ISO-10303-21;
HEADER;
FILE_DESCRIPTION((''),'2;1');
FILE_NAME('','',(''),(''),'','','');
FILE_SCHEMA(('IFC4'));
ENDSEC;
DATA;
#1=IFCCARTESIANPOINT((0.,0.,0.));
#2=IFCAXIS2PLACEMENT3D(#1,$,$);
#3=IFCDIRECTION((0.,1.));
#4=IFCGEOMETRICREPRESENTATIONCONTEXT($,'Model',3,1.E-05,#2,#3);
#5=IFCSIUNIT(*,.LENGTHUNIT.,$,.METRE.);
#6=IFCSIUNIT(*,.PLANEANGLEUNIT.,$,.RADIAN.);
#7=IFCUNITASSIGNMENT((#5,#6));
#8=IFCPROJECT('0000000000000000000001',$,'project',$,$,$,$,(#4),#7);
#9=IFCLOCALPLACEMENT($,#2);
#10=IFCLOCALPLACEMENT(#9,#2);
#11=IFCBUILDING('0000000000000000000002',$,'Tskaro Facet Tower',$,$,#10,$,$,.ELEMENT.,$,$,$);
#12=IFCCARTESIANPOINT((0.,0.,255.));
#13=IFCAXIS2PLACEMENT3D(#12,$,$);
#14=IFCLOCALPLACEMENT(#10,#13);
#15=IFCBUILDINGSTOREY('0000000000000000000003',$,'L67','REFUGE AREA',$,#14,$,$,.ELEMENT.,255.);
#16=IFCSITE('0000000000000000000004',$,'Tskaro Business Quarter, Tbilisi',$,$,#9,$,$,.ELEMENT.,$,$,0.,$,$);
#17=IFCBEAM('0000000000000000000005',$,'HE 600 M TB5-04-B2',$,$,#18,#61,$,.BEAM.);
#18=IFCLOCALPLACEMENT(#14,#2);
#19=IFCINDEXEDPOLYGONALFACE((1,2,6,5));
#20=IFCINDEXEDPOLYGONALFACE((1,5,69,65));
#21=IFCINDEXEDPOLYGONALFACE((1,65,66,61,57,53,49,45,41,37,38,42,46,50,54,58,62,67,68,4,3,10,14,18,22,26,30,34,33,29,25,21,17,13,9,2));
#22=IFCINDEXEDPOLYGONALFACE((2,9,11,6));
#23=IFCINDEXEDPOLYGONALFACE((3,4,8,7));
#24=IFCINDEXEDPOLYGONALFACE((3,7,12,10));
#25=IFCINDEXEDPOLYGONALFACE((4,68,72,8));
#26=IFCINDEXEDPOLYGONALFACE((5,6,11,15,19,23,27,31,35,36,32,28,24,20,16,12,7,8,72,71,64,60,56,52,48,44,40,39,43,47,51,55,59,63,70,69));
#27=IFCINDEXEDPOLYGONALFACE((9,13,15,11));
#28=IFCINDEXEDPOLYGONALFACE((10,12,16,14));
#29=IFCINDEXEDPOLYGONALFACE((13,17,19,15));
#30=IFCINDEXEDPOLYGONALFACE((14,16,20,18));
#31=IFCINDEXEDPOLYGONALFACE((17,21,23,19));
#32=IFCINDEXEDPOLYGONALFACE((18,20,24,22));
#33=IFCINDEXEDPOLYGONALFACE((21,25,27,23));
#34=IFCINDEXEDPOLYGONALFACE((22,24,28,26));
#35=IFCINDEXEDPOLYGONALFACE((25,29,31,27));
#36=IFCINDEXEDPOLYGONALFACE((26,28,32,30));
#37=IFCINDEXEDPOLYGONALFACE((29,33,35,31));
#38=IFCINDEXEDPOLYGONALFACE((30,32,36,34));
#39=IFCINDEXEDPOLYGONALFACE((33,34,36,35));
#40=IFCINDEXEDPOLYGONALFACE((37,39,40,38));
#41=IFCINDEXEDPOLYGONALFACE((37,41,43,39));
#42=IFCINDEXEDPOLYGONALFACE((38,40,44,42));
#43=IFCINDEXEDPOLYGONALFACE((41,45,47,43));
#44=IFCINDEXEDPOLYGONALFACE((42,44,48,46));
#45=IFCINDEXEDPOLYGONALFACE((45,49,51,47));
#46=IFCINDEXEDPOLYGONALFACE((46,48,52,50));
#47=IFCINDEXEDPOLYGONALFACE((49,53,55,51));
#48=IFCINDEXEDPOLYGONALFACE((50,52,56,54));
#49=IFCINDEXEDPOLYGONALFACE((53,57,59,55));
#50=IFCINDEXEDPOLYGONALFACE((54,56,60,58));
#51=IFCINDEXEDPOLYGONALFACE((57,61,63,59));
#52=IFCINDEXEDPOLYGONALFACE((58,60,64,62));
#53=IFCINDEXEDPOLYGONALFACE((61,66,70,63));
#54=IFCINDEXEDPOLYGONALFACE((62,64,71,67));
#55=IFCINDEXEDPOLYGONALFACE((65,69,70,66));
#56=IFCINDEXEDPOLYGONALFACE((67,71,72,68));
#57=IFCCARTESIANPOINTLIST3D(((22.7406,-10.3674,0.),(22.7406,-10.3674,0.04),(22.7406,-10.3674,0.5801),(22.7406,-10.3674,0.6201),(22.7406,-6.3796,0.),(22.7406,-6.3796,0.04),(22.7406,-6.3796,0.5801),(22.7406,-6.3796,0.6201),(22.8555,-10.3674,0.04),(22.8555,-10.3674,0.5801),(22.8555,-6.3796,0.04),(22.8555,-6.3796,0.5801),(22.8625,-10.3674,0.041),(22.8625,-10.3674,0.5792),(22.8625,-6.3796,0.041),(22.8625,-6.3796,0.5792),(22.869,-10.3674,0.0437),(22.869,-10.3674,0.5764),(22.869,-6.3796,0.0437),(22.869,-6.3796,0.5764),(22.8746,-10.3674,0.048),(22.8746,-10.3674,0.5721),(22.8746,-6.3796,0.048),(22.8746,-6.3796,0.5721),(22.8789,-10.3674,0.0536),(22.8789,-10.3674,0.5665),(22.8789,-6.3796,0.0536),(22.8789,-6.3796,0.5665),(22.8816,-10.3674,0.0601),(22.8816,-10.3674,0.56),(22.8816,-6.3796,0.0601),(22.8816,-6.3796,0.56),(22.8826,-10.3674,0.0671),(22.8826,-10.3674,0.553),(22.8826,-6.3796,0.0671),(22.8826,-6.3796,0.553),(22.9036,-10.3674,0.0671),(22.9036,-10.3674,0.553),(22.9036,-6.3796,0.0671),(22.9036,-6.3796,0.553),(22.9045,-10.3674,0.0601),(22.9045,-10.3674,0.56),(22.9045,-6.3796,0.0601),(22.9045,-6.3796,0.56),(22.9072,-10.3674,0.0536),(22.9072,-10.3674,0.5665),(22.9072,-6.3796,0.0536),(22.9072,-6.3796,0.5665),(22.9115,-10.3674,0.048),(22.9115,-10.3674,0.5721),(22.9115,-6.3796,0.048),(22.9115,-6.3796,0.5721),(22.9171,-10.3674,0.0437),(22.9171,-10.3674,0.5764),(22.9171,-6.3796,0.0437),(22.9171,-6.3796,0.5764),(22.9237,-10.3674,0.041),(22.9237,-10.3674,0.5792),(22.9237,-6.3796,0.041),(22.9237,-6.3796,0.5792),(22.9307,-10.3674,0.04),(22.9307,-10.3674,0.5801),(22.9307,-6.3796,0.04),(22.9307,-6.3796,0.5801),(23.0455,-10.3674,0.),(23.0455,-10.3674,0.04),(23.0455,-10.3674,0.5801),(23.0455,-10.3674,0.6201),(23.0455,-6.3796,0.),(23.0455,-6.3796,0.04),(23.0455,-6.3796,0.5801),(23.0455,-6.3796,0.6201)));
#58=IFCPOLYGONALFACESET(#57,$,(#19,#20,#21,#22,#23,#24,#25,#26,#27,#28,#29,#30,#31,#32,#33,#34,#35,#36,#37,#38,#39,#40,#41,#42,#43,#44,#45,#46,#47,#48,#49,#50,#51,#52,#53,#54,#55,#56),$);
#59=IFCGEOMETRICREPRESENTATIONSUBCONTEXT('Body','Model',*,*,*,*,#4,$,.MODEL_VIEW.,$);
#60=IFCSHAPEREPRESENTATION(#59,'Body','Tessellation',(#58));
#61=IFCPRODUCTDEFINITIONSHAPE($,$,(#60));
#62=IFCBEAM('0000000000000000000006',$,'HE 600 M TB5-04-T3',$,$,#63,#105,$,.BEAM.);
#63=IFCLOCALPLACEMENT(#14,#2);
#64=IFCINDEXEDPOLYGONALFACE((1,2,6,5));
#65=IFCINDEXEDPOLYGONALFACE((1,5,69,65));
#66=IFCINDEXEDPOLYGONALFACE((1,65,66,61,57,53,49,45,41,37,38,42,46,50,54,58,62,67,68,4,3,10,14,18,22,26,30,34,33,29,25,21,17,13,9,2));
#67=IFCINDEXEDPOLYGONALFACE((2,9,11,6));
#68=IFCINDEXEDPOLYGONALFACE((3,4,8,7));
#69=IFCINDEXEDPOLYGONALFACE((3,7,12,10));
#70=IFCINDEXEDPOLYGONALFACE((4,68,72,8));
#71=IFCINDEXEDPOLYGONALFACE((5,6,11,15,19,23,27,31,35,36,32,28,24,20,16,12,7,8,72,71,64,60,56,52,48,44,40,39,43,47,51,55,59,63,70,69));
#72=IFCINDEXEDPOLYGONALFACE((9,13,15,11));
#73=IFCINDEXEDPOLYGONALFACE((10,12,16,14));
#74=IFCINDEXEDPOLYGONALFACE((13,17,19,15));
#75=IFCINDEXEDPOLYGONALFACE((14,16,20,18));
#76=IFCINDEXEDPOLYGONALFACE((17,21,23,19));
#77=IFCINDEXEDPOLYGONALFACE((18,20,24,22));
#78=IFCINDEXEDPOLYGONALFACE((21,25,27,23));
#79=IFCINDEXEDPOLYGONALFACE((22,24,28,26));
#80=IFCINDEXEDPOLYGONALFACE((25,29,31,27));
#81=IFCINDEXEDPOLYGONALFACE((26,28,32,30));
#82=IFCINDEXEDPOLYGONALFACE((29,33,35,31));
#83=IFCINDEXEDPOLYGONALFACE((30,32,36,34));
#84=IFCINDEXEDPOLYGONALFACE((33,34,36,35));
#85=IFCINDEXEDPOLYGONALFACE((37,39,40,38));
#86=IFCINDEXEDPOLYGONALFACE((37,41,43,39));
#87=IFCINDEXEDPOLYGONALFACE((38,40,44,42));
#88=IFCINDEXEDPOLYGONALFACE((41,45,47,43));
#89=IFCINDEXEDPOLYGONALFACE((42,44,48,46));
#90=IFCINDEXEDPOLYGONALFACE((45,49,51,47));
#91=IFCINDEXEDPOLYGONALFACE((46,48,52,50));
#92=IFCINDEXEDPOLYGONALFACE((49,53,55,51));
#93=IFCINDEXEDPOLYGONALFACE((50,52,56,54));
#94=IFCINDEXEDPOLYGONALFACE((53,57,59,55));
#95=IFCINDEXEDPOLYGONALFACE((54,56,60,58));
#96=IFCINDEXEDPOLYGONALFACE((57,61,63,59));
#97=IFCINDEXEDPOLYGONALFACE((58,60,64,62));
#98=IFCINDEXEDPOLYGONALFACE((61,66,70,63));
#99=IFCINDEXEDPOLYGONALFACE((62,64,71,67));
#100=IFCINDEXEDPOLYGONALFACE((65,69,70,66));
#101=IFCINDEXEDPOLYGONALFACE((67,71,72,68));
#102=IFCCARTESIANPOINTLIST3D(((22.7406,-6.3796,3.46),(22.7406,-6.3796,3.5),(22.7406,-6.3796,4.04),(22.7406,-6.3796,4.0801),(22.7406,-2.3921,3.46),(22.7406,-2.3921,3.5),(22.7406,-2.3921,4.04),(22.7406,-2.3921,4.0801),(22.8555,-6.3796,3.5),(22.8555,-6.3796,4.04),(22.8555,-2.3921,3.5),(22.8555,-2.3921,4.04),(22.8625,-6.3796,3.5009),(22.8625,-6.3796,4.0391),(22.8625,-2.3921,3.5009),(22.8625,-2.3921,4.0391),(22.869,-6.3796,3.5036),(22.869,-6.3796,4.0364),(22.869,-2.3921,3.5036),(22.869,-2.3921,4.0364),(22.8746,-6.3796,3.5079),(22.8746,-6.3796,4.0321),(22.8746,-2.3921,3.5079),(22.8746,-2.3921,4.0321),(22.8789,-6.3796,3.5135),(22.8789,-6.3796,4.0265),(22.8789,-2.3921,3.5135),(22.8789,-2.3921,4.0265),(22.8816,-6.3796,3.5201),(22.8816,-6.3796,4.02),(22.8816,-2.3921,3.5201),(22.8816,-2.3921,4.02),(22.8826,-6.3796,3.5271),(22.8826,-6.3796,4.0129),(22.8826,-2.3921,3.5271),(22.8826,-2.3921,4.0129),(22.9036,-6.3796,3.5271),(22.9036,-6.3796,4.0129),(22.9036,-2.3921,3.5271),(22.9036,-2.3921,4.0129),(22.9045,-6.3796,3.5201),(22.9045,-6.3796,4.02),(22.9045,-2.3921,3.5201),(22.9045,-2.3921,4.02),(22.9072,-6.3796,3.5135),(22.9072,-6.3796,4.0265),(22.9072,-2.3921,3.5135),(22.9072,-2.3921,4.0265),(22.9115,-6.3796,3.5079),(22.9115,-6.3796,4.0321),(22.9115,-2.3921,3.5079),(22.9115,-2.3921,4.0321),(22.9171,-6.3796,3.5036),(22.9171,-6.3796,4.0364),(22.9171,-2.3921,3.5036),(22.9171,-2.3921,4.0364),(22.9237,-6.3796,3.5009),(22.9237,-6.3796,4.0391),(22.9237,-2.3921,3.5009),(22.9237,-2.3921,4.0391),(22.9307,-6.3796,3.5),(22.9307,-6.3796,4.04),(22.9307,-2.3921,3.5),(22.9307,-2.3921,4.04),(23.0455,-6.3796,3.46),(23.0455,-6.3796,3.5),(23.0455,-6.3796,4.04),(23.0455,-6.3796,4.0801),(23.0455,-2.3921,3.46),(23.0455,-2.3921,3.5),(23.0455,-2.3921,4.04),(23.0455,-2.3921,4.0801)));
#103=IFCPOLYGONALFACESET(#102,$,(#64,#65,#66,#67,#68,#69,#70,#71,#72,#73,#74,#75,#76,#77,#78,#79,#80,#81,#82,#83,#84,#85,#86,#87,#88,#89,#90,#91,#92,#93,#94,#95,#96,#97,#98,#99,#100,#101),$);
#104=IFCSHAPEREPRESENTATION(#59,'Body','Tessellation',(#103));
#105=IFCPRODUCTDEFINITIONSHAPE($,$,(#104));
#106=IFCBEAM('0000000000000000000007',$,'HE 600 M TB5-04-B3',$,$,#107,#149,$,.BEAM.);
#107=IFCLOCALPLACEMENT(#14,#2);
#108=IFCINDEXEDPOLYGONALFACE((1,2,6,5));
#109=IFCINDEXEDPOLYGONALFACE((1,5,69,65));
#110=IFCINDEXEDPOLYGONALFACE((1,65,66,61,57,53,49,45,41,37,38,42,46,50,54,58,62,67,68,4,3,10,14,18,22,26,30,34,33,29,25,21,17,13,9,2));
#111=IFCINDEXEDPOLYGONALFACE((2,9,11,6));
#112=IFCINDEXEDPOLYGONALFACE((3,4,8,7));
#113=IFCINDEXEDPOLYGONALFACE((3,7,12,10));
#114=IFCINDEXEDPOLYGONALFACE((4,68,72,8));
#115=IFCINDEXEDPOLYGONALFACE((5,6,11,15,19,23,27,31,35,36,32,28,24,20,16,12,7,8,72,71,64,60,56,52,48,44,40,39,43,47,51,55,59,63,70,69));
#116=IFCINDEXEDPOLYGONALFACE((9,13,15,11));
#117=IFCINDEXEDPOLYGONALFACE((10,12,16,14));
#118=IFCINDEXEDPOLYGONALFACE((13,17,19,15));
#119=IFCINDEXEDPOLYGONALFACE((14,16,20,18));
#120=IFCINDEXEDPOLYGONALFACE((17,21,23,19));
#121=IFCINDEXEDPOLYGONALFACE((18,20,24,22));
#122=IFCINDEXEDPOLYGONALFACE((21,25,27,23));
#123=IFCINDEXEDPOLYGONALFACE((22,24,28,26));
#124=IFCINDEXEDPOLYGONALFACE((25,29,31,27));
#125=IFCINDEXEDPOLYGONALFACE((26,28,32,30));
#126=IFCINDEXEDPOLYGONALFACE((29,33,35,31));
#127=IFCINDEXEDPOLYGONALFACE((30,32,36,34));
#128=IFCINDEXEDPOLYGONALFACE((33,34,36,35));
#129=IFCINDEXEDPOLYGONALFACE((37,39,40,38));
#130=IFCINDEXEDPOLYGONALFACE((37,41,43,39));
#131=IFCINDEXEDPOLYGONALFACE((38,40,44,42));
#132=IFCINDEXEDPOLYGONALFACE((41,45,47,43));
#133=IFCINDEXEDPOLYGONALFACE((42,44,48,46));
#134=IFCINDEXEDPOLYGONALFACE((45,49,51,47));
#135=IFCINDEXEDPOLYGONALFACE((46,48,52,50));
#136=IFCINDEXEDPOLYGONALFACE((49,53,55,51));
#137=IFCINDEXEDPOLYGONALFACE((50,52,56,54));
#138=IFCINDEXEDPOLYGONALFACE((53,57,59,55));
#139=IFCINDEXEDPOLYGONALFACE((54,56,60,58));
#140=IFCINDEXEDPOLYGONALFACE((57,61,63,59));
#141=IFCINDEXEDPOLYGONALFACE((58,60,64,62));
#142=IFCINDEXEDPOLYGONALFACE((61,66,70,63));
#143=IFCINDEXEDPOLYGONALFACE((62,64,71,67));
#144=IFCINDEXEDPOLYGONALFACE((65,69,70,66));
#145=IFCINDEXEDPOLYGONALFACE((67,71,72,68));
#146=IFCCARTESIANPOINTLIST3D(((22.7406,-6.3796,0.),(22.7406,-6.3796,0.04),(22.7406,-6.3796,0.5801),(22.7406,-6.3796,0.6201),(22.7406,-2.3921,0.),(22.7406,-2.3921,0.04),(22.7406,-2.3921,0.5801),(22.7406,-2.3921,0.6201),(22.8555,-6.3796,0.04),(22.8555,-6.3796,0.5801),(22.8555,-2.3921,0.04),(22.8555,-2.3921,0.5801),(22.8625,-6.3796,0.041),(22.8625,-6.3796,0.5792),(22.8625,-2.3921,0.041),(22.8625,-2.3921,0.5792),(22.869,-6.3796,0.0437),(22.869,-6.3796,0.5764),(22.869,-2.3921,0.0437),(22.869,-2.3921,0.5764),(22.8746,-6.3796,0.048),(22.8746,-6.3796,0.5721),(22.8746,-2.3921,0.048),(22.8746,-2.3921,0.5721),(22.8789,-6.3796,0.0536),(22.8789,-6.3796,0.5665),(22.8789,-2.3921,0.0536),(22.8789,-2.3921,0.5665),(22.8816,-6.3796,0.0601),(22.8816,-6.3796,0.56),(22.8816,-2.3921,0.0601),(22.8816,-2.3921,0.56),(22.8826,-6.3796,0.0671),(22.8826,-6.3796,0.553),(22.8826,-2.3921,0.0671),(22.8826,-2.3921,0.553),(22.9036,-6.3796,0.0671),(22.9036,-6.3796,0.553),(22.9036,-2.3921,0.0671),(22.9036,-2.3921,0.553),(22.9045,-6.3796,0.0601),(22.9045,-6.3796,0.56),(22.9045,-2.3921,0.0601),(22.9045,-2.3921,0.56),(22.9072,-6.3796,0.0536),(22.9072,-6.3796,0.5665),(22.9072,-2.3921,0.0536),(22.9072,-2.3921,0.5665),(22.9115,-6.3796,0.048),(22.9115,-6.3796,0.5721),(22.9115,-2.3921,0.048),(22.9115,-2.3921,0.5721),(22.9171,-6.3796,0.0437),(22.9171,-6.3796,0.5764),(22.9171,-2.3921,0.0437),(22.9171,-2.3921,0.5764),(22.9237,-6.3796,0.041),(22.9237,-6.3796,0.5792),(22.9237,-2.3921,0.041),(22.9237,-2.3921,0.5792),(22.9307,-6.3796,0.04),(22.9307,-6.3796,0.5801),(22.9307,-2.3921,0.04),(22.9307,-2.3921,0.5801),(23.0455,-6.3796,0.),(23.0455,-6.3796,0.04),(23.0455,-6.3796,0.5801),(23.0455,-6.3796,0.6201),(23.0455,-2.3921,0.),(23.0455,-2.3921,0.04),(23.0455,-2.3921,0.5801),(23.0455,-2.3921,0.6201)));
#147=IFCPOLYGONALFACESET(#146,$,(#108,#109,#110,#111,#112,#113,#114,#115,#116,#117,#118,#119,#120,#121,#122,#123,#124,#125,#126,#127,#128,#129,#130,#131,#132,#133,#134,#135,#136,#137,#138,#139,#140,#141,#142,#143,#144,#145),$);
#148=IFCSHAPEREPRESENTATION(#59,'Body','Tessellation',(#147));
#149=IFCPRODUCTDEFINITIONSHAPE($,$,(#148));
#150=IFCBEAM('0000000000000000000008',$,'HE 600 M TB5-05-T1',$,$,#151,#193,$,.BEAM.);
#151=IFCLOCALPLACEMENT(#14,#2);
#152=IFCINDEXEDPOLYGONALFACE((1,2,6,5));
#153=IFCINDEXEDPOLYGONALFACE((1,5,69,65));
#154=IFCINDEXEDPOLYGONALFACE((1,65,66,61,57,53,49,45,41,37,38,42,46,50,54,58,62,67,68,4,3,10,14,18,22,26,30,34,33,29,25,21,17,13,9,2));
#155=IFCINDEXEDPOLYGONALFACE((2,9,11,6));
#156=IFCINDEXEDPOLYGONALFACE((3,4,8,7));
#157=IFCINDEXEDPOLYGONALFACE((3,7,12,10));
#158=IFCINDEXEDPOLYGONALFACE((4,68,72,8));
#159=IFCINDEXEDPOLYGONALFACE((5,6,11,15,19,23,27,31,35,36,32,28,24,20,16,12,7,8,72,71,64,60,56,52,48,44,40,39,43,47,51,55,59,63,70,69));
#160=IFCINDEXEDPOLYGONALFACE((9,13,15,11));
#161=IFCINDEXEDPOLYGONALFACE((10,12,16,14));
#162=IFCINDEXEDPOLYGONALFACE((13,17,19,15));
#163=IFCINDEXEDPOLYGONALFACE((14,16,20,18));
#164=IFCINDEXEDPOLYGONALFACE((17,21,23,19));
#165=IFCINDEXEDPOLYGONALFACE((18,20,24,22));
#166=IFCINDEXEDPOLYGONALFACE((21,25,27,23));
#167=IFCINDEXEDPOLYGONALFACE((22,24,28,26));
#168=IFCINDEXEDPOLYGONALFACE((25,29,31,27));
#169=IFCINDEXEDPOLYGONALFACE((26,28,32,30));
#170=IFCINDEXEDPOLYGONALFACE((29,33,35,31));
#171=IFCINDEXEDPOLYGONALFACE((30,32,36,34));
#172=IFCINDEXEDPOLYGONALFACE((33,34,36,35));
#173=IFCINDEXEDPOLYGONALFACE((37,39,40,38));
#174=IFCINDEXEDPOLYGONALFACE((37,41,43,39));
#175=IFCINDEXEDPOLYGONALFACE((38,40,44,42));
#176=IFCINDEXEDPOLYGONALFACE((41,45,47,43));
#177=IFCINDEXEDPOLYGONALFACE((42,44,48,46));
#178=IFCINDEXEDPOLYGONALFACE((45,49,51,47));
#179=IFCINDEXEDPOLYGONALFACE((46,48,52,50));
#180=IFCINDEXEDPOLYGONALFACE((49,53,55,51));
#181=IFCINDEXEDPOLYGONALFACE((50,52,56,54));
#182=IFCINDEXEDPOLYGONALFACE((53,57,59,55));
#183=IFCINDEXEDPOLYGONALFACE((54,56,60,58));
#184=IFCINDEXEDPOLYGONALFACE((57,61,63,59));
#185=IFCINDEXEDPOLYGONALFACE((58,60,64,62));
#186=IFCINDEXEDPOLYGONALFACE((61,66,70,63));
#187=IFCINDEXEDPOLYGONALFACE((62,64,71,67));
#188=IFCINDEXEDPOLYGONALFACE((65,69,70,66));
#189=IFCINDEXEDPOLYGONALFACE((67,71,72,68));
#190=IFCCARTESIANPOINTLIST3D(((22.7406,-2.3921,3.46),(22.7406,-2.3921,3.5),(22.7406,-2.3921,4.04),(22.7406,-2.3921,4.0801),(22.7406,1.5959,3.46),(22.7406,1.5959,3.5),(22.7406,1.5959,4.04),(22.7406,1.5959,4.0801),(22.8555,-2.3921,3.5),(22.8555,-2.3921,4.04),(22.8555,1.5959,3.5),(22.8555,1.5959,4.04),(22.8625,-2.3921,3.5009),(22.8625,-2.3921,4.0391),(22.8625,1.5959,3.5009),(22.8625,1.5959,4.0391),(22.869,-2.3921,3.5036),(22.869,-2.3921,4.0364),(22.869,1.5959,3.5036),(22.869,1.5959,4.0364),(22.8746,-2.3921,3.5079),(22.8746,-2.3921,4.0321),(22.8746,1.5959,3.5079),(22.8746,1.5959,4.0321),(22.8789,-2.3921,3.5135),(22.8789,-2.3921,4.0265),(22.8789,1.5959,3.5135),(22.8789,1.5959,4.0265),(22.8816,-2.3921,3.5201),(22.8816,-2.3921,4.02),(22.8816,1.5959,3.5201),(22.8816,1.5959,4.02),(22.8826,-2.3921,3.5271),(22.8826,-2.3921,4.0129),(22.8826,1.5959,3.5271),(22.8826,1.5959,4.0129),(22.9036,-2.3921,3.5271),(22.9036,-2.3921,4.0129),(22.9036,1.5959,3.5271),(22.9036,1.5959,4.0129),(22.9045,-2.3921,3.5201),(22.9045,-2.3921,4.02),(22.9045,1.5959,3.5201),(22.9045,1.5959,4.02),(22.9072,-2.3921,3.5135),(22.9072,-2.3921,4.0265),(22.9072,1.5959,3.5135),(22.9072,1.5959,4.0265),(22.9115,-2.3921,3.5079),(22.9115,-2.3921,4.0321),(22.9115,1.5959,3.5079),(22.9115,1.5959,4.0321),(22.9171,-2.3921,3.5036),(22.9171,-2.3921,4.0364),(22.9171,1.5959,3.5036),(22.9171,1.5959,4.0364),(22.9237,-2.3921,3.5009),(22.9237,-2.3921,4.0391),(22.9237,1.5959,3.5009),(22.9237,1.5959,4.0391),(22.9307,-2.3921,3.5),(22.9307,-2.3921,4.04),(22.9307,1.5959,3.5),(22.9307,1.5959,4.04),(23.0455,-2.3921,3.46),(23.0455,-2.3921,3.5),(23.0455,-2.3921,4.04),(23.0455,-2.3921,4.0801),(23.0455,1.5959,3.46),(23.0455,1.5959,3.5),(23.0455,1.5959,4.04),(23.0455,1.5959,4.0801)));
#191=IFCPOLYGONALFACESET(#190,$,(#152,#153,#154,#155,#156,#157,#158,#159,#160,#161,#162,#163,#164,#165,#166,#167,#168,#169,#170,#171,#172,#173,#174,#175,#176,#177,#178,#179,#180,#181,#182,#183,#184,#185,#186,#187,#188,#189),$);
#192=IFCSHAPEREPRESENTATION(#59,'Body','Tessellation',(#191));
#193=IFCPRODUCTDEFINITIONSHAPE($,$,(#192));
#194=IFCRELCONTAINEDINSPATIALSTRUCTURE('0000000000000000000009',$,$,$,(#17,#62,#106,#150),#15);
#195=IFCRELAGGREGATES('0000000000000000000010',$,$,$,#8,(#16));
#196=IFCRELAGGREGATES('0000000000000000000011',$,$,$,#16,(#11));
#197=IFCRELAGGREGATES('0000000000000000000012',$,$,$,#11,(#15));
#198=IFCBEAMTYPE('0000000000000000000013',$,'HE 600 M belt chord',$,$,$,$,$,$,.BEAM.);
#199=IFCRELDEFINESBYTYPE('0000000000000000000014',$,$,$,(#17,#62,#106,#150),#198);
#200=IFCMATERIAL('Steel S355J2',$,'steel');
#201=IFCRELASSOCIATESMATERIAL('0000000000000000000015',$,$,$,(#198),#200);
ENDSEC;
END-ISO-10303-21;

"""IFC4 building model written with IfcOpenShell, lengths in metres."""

from ifc_helpers import new_model, si_unit, direction, frame, origin, origin_2d, place, context, subcontext, project, spatial, i_section, extrude, material, material_profile, profile_set, type_object, element, save


model = new_model("IFC4")

# Units and contexts
model_context = context("Model", 3, precision=1e-05, world=origin(), true_north=direction((0.0, 1.0)))
body_context = subcontext(model_context, "Body", "Model", "MODEL_VIEW")
ifc_project = project(units=[si_unit("LENGTHUNIT", "METRE"), si_unit("PLANEANGLEUNIT", "RADIAN")], contexts=[model_context])

# Site, building, storey
site_placement = place(None, origin())
site = spatial("IfcSite", under=ifc_project, at=site_placement, Name="Tskaro Business Quarter, Tbilisi", CompositionType="ELEMENT", RefElevation=0.0)
building_placement = place(site_placement, origin())
building = spatial("IfcBuilding", under=site, at=building_placement, Name="Tskaro Facet Tower", CompositionType="ELEMENT")
storey_placement = place(building_placement, frame((0.0, 0.0, 255.0)))
storey = spatial("IfcBuildingStorey", under=building, at=storey_placement, Name="L67", Description="REFUGE AREA", CompositionType="ELEMENT", Elevation=255.0)

# Shared definitions
ifc_material_1 = material(Name="Steel S355J2", Category="steel")

# Beams
ifc_material_profile_1 = material_profile(ifc_material_1, i_section(OverallWidth=0.3049, OverallDepth=0.6201, WebThickness=0.021, FlangeThickness=0.04, FilletRadius=0.0271, at=origin_2d()), Name="HE 600 M")
ifc_profile_set_1 = profile_set([ifc_material_profile_1], Name="Steel S355J2")
beam_type_1 = type_object("IfcBeamType", Name="HE 600 M belt chord", PredefinedType="BEAM", material=ifc_profile_set_1)
for number, where, z_axis, x_axis, name in (
    (1, (22.8931, -10.3674, 0.3101), (0.0, 1.0, 0.0), (-1.0, 0.0, 0.0), "HE 600 M TB5-04-B2"),
):
    element("IfcBeam", number, at=place(storey_placement, frame(where, z_axis=z_axis, x_axis=x_axis)), inside=storey, type_object=beam_type_1, Name=name, PredefinedType="BEAM", context=body_context, shape_type="SweptSolid", body=[
        extrude(i_section(OverallWidth=0.3049, OverallDepth=0.6201, WebThickness=0.021, FlangeThickness=0.04, FilletRadius=0.0271, at=origin_2d()), origin(), (0.0, 0.0, 1.0), 3.9878),
    ])
for number, where, z_axis, x_axis, name in (
    (2, (22.8931, -6.3796, 3.77), (0.0, 1.0, 0.0), (-1.0, 0.0, 0.0), "HE 600 M TB5-04-T3"),
    (3, (22.8931, -6.3796, 0.3101), (0.0, 1.0, 0.0), (-1.0, 0.0, 0.0), "HE 600 M TB5-04-B3"),
):
    element("IfcBeam", number, at=place(storey_placement, frame(where, z_axis=z_axis, x_axis=x_axis)), inside=storey, type_object=beam_type_1, Name=name, PredefinedType="BEAM", context=body_context, shape_type="SweptSolid", body=[
        extrude(i_section(OverallWidth=0.3049, OverallDepth=0.6201, WebThickness=0.021, FlangeThickness=0.04, FilletRadius=0.0271, at=origin_2d()), origin(), (0.0, 0.0, 1.0), 3.9875),
    ])
for number, where, z_axis, x_axis, name in (
    (4, (22.8931, -2.3921, 3.77), (0.0, 1.0, 0.0), (-1.0, 0.0, 0.0), "HE 600 M TB5-05-T1"),
):
    element("IfcBeam", number, at=place(storey_placement, frame(where, z_axis=z_axis, x_axis=x_axis)), inside=storey, type_object=beam_type_1, Name=name, PredefinedType="BEAM", context=body_context, shape_type="SweptSolid", body=[
        extrude(i_section(OverallWidth=0.3049, OverallDepth=0.6201, WebThickness=0.021, FlangeThickness=0.04, FilletRadius=0.0271, at=origin_2d()), origin(), (0.0, 0.0, 1.0), 3.988),
    ])

save(model, "model.ifc")
